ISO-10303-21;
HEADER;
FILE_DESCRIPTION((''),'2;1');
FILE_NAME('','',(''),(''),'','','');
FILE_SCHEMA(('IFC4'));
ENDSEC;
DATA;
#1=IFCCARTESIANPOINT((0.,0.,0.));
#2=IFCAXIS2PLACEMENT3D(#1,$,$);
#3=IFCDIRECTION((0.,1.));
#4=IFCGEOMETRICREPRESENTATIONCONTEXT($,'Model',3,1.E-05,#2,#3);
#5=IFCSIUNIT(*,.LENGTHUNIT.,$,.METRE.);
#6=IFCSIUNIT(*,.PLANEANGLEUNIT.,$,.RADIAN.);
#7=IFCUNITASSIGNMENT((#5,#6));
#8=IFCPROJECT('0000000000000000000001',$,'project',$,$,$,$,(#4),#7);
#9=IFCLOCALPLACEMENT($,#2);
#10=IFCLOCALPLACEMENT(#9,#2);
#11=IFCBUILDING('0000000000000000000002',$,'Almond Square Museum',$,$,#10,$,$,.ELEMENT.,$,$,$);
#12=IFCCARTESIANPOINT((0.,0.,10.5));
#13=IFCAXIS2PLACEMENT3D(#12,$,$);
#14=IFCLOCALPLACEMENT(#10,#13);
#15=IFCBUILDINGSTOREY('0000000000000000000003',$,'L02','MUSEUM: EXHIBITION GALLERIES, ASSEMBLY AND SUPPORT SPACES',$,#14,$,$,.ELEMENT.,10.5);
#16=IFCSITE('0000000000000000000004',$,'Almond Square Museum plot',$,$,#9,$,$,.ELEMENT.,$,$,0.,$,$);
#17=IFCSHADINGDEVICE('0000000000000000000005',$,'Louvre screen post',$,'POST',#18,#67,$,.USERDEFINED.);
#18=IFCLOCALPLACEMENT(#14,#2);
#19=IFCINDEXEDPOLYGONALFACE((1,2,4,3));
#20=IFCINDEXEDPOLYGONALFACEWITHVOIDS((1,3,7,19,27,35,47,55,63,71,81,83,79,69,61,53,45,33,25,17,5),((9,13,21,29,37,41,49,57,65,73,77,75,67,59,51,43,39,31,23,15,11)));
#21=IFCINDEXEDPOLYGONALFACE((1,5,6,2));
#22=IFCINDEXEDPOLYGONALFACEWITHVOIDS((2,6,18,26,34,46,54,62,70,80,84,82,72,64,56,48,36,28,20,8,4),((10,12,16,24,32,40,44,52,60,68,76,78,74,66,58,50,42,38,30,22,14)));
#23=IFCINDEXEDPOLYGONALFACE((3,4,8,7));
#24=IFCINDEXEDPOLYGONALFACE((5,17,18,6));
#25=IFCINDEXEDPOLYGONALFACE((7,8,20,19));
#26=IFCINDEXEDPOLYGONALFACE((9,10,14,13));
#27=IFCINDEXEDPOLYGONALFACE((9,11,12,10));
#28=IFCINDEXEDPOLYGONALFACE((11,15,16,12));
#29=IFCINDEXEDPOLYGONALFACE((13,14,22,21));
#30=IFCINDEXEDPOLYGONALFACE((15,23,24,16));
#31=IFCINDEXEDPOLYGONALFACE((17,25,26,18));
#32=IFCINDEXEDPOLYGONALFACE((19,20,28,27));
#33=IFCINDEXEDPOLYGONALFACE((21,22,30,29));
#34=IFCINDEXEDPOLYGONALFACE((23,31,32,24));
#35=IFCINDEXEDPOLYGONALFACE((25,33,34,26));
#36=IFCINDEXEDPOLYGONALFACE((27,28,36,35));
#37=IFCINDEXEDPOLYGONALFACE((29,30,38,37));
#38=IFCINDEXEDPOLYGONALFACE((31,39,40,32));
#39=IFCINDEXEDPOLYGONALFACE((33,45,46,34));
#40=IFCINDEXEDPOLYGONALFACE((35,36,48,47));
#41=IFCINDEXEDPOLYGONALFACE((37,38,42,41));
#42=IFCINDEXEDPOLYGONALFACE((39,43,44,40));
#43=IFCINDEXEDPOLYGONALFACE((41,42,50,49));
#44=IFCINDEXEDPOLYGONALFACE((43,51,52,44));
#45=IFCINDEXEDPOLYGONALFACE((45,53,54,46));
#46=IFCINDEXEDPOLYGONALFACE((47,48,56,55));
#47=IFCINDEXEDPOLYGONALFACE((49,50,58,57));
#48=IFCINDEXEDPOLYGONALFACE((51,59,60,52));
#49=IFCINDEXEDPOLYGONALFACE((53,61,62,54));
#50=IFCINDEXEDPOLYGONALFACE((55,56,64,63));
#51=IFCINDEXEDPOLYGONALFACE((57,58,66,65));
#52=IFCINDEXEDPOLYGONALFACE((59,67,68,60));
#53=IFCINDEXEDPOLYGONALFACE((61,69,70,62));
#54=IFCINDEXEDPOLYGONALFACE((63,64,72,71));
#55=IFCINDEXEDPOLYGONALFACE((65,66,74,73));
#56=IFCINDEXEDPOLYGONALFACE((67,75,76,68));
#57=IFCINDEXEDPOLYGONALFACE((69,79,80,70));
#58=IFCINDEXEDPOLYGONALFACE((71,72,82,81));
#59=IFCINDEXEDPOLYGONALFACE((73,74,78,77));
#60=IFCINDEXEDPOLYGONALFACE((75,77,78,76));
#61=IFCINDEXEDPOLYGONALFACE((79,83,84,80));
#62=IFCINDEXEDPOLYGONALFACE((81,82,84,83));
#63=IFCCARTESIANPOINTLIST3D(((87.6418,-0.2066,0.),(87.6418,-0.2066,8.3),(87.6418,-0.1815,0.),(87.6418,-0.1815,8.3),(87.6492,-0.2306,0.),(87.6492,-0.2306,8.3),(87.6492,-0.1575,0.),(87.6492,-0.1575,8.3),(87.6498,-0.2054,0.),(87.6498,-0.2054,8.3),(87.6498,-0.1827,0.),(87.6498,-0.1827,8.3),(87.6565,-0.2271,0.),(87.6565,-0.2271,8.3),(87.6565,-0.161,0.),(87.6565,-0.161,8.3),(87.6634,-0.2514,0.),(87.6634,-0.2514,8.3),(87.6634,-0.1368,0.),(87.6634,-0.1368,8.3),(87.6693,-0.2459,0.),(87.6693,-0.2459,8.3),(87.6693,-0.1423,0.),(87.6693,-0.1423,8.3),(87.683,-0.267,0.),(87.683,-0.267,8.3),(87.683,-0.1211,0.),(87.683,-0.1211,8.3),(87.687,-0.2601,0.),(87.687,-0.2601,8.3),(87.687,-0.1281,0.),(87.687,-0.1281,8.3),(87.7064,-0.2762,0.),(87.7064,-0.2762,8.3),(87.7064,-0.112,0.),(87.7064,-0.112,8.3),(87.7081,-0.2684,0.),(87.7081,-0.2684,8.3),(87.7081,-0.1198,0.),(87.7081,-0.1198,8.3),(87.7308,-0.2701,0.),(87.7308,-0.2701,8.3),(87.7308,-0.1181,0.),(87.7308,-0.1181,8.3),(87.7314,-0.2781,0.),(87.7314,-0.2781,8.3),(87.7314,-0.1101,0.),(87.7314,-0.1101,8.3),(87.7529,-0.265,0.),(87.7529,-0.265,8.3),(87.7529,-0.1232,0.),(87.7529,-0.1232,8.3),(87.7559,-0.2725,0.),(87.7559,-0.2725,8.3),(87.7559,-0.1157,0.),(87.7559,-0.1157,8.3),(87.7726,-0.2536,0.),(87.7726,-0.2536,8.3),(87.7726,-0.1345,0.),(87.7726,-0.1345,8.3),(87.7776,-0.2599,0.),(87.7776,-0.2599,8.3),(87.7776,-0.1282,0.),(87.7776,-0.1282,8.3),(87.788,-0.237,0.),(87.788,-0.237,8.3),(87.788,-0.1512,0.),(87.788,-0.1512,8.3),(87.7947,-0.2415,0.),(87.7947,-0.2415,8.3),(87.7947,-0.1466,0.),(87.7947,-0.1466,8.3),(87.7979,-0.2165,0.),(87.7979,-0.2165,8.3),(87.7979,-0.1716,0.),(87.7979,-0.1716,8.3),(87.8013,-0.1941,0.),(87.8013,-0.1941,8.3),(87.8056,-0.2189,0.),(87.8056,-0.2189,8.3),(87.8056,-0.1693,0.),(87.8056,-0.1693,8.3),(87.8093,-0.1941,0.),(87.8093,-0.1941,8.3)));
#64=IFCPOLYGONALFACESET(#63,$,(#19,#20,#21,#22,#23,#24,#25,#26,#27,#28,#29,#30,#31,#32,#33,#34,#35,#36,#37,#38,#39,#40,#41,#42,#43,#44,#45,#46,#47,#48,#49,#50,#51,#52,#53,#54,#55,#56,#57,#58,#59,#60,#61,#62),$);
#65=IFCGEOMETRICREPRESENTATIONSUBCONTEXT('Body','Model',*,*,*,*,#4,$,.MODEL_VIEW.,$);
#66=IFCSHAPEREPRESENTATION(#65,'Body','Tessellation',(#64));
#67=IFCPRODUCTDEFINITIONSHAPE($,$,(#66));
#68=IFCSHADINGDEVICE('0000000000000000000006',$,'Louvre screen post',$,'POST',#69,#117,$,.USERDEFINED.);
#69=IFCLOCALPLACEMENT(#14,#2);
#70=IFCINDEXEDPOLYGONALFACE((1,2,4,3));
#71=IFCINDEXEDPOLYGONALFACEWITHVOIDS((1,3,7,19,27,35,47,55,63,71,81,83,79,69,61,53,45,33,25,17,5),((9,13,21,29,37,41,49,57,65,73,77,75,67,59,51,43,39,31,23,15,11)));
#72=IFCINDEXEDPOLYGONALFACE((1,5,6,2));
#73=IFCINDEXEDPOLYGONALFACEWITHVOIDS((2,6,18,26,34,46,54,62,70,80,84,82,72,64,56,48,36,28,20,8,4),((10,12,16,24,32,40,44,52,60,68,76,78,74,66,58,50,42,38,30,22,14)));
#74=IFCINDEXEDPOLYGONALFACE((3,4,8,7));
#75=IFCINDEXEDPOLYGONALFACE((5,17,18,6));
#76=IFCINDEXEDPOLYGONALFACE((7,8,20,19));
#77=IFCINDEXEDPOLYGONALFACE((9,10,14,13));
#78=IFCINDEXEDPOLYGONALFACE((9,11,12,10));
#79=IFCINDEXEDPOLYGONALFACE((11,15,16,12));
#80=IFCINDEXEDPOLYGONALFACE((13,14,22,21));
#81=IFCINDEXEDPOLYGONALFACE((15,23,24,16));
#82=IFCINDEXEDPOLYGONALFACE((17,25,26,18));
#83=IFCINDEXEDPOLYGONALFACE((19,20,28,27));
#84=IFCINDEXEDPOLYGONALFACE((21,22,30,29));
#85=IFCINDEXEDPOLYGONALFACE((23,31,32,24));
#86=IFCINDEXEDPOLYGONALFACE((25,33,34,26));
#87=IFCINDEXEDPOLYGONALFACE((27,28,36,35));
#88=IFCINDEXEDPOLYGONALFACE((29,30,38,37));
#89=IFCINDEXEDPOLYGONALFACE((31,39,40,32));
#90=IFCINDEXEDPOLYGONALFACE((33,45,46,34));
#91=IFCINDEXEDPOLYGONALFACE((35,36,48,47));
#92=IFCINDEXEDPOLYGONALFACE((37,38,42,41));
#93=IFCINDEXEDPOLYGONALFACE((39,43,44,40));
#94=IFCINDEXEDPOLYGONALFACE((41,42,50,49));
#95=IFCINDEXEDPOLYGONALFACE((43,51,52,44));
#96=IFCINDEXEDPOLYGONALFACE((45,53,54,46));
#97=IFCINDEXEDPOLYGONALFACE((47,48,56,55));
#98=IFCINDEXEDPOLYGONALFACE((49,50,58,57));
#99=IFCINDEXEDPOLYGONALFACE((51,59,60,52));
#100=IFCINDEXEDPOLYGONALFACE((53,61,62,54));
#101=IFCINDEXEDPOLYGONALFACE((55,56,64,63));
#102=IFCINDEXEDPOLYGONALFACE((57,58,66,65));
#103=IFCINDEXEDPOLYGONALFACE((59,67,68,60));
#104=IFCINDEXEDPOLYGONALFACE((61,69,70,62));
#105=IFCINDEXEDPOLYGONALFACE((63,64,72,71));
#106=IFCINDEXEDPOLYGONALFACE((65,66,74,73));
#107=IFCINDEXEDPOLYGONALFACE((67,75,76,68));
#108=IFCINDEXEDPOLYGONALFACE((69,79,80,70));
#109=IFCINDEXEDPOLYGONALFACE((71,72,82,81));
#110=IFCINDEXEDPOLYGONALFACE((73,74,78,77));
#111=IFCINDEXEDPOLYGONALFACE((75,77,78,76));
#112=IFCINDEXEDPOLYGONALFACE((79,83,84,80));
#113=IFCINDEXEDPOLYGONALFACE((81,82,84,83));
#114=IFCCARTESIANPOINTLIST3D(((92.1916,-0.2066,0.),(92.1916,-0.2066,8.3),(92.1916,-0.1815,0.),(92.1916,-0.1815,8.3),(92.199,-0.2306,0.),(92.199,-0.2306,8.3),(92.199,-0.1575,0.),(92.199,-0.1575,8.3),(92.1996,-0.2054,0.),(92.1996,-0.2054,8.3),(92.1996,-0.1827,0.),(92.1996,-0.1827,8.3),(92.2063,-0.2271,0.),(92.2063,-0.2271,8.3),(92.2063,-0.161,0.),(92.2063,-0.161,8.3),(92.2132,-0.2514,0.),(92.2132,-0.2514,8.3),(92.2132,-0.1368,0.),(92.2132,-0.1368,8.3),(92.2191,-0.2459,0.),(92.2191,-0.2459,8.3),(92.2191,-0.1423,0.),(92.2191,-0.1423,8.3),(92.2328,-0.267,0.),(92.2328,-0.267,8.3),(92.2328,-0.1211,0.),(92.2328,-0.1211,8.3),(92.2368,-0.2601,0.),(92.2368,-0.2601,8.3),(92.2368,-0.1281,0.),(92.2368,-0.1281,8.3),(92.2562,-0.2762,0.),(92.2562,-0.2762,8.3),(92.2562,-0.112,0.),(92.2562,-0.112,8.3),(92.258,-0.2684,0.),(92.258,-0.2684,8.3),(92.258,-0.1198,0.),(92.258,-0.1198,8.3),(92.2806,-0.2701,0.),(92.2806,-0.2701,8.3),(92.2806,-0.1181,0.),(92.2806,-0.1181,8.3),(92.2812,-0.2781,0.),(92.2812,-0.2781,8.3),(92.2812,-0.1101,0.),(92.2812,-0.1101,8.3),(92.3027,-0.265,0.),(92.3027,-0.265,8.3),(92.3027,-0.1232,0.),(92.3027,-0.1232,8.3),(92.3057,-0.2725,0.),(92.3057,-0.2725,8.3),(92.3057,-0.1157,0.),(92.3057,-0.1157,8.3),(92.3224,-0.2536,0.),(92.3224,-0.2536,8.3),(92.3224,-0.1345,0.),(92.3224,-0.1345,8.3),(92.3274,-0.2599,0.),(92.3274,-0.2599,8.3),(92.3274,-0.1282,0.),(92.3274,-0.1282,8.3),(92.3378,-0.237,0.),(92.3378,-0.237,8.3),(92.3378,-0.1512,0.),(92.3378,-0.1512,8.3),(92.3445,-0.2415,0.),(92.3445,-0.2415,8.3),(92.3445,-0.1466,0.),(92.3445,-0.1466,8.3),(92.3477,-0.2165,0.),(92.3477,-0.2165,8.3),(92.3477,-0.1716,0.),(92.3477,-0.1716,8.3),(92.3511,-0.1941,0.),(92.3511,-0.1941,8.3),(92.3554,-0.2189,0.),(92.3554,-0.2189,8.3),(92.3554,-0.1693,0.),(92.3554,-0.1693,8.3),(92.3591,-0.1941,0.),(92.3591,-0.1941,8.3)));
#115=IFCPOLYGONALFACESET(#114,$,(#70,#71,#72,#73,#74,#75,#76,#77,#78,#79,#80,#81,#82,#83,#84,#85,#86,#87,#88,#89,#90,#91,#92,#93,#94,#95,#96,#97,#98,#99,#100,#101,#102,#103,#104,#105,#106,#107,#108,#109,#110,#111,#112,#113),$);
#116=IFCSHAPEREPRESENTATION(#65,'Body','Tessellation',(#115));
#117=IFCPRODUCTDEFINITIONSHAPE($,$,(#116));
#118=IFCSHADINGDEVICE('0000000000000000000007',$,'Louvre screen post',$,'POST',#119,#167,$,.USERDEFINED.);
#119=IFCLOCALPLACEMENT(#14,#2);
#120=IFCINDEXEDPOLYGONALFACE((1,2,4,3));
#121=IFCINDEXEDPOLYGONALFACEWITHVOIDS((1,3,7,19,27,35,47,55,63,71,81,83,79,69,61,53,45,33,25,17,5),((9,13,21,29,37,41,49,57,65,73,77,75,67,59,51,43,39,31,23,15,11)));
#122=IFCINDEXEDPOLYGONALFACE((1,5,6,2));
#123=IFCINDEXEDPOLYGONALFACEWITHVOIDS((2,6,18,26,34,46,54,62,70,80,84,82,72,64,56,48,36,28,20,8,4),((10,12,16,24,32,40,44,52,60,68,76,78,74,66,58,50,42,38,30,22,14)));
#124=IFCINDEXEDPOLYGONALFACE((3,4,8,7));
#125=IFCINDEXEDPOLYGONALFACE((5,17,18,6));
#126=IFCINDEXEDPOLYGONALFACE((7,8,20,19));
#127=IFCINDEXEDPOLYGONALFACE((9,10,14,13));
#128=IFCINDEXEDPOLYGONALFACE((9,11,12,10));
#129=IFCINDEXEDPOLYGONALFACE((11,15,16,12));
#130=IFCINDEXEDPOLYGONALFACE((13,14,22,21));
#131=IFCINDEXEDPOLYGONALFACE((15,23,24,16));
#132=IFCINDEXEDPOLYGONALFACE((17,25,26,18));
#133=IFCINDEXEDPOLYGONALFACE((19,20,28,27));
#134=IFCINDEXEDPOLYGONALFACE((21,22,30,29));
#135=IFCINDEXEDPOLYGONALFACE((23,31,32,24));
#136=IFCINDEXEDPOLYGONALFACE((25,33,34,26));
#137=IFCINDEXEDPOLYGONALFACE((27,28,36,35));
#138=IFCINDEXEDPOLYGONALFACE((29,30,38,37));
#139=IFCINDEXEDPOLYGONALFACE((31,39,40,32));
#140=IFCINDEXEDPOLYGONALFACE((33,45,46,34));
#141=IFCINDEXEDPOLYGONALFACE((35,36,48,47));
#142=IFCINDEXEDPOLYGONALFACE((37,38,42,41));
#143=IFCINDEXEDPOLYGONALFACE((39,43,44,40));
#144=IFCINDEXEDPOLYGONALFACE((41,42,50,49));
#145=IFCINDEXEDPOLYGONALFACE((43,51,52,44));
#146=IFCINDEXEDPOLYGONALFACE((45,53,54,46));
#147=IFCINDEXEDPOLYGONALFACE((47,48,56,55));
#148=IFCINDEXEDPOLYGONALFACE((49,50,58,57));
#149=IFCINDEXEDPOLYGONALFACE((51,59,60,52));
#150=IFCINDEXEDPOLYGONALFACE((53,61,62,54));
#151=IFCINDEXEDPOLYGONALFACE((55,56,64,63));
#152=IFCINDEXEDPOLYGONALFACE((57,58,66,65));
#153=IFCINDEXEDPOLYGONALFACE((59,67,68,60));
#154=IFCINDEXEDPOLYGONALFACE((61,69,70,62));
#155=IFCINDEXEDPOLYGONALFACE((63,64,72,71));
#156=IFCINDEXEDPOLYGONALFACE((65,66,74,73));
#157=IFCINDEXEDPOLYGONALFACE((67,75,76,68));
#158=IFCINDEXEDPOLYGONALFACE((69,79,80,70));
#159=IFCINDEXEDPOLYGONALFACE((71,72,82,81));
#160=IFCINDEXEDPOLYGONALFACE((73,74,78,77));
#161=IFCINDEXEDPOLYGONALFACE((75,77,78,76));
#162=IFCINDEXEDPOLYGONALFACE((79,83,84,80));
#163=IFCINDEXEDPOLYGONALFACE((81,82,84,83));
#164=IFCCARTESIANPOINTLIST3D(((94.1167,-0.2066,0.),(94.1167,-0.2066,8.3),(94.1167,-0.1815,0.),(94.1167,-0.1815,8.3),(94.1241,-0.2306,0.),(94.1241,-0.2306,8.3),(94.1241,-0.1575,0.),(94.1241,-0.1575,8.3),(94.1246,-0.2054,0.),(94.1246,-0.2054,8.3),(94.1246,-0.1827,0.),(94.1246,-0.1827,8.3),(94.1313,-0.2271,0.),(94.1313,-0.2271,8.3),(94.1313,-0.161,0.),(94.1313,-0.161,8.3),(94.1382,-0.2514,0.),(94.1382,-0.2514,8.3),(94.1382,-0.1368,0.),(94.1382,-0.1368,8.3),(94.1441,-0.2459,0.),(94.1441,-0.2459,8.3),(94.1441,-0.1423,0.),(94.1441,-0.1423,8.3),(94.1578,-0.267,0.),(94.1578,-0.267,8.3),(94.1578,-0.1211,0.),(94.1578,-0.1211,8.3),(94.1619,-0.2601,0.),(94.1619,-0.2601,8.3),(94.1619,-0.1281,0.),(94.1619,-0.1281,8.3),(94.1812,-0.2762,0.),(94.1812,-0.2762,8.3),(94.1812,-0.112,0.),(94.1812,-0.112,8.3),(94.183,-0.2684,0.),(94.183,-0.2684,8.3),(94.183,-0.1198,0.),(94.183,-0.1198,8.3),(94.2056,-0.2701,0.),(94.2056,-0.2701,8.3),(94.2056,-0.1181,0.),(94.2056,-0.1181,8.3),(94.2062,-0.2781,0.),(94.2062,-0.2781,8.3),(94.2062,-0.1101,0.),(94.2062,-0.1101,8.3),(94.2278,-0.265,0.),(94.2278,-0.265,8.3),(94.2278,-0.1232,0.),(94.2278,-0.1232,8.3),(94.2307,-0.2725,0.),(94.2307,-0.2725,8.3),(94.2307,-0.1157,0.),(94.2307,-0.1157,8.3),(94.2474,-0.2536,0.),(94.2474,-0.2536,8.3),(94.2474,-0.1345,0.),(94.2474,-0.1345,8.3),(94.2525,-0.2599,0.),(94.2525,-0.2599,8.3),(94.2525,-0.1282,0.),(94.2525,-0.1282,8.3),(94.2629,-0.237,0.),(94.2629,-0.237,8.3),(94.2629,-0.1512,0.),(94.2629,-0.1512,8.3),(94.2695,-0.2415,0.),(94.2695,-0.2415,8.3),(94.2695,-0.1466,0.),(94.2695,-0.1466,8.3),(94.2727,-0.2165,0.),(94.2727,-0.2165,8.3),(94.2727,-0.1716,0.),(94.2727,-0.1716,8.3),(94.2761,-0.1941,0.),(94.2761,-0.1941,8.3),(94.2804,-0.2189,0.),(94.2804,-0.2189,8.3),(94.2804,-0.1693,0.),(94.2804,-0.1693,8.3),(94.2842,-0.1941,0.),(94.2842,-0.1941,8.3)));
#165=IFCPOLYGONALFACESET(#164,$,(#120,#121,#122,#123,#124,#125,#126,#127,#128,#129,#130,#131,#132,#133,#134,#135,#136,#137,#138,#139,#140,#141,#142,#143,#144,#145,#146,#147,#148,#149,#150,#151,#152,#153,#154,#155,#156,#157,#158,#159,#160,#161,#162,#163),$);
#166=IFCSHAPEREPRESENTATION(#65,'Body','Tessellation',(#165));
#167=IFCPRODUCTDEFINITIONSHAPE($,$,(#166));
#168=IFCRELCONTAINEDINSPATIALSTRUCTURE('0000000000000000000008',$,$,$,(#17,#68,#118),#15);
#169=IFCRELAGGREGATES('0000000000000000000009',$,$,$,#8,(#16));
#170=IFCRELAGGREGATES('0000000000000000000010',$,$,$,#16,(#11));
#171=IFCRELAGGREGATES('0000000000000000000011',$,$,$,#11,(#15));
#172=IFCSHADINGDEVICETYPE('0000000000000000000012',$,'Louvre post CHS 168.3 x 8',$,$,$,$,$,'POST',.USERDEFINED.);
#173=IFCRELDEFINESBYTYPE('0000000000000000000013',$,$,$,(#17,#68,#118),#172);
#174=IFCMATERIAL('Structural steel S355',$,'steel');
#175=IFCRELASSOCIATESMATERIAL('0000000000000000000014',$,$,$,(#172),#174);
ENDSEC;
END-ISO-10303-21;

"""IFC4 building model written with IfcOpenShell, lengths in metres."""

from ifc_helpers import new_model, si_unit, direction, frame, origin, origin_2d, place, context, subcontext, project, spatial, hollow_circle, extrude, material, material_profile, profile_set, type_object, element, save


model = new_model("IFC4")

# Units and contexts
model_context = context("Model", 3, precision=1e-05, world=origin(), true_north=direction((0.0, 1.0)))
body_context = subcontext(model_context, "Body", "Model", "MODEL_VIEW")
ifc_project = project(units=[si_unit("LENGTHUNIT", "METRE"), si_unit("PLANEANGLEUNIT", "RADIAN")], contexts=[model_context])

# Site, building, storey
site_placement = place(None, origin())
site = spatial("IfcSite", under=ifc_project, at=site_placement, Name="Almond Square Museum plot", CompositionType="ELEMENT", RefElevation=0.0)
building_placement = place(site_placement, origin())
building = spatial("IfcBuilding", under=site, at=building_placement, Name="Almond Square Museum", CompositionType="ELEMENT")
storey_placement = place(building_placement, frame((0.0, 0.0, 10.5)))
storey = spatial("IfcBuildingStorey", under=building, at=storey_placement, Name="L02", Description="MUSEUM: EXHIBITION GALLERIES, ASSEMBLY AND SUPPORT SPACES", CompositionType="ELEMENT", Elevation=10.5)

# Shading devices
ifc_material_1 = material(Name="Structural steel S355", Category="steel")
ifc_material_profile_1 = material_profile(ifc_material_1, hollow_circle(Radius=0.0842, WallThickness=0.0081, at=origin_2d()))
ifc_profile_set_1 = profile_set([ifc_material_profile_1], Name="Structural steel S355")
shading_device_type = type_object("IfcShadingDeviceType", Name="Louvre post CHS 168.3 x 8", ElementType="POST", PredefinedType="USERDEFINED", material=ifc_profile_set_1)
for number, where, z_axis, x_axis, name in (
    (1, (87.7251, -0.1941, 0.0), (0.0, 0.0, 1.0), (1.0, 0.0, 0.0), "Louvre screen post"),
    (2, (92.2749, -0.1941, 0.0), (0.0, 0.0, 1.0), (1.0, 0.0, 0.0), "Louvre screen post"),
    (3, (94.2, -0.1941, 0.0), (0.0, 0.0, 1.0), (1.0, 0.0, 0.0), "Louvre screen post"),
):
    element("IfcShadingDevice", number, at=place(storey_placement, frame(where, z_axis=z_axis, x_axis=x_axis)), inside=storey, type_object=shading_device_type, Name=name, ObjectType="POST", PredefinedType="USERDEFINED", context=body_context, shape_type="SweptSolid", body=[
        extrude(hollow_circle(Radius=0.0842, WallThickness=0.0081, at=origin_2d()), origin(), (0.0, 0.0, 1.0), 8.3),
    ])

save(model, "model.ifc")
